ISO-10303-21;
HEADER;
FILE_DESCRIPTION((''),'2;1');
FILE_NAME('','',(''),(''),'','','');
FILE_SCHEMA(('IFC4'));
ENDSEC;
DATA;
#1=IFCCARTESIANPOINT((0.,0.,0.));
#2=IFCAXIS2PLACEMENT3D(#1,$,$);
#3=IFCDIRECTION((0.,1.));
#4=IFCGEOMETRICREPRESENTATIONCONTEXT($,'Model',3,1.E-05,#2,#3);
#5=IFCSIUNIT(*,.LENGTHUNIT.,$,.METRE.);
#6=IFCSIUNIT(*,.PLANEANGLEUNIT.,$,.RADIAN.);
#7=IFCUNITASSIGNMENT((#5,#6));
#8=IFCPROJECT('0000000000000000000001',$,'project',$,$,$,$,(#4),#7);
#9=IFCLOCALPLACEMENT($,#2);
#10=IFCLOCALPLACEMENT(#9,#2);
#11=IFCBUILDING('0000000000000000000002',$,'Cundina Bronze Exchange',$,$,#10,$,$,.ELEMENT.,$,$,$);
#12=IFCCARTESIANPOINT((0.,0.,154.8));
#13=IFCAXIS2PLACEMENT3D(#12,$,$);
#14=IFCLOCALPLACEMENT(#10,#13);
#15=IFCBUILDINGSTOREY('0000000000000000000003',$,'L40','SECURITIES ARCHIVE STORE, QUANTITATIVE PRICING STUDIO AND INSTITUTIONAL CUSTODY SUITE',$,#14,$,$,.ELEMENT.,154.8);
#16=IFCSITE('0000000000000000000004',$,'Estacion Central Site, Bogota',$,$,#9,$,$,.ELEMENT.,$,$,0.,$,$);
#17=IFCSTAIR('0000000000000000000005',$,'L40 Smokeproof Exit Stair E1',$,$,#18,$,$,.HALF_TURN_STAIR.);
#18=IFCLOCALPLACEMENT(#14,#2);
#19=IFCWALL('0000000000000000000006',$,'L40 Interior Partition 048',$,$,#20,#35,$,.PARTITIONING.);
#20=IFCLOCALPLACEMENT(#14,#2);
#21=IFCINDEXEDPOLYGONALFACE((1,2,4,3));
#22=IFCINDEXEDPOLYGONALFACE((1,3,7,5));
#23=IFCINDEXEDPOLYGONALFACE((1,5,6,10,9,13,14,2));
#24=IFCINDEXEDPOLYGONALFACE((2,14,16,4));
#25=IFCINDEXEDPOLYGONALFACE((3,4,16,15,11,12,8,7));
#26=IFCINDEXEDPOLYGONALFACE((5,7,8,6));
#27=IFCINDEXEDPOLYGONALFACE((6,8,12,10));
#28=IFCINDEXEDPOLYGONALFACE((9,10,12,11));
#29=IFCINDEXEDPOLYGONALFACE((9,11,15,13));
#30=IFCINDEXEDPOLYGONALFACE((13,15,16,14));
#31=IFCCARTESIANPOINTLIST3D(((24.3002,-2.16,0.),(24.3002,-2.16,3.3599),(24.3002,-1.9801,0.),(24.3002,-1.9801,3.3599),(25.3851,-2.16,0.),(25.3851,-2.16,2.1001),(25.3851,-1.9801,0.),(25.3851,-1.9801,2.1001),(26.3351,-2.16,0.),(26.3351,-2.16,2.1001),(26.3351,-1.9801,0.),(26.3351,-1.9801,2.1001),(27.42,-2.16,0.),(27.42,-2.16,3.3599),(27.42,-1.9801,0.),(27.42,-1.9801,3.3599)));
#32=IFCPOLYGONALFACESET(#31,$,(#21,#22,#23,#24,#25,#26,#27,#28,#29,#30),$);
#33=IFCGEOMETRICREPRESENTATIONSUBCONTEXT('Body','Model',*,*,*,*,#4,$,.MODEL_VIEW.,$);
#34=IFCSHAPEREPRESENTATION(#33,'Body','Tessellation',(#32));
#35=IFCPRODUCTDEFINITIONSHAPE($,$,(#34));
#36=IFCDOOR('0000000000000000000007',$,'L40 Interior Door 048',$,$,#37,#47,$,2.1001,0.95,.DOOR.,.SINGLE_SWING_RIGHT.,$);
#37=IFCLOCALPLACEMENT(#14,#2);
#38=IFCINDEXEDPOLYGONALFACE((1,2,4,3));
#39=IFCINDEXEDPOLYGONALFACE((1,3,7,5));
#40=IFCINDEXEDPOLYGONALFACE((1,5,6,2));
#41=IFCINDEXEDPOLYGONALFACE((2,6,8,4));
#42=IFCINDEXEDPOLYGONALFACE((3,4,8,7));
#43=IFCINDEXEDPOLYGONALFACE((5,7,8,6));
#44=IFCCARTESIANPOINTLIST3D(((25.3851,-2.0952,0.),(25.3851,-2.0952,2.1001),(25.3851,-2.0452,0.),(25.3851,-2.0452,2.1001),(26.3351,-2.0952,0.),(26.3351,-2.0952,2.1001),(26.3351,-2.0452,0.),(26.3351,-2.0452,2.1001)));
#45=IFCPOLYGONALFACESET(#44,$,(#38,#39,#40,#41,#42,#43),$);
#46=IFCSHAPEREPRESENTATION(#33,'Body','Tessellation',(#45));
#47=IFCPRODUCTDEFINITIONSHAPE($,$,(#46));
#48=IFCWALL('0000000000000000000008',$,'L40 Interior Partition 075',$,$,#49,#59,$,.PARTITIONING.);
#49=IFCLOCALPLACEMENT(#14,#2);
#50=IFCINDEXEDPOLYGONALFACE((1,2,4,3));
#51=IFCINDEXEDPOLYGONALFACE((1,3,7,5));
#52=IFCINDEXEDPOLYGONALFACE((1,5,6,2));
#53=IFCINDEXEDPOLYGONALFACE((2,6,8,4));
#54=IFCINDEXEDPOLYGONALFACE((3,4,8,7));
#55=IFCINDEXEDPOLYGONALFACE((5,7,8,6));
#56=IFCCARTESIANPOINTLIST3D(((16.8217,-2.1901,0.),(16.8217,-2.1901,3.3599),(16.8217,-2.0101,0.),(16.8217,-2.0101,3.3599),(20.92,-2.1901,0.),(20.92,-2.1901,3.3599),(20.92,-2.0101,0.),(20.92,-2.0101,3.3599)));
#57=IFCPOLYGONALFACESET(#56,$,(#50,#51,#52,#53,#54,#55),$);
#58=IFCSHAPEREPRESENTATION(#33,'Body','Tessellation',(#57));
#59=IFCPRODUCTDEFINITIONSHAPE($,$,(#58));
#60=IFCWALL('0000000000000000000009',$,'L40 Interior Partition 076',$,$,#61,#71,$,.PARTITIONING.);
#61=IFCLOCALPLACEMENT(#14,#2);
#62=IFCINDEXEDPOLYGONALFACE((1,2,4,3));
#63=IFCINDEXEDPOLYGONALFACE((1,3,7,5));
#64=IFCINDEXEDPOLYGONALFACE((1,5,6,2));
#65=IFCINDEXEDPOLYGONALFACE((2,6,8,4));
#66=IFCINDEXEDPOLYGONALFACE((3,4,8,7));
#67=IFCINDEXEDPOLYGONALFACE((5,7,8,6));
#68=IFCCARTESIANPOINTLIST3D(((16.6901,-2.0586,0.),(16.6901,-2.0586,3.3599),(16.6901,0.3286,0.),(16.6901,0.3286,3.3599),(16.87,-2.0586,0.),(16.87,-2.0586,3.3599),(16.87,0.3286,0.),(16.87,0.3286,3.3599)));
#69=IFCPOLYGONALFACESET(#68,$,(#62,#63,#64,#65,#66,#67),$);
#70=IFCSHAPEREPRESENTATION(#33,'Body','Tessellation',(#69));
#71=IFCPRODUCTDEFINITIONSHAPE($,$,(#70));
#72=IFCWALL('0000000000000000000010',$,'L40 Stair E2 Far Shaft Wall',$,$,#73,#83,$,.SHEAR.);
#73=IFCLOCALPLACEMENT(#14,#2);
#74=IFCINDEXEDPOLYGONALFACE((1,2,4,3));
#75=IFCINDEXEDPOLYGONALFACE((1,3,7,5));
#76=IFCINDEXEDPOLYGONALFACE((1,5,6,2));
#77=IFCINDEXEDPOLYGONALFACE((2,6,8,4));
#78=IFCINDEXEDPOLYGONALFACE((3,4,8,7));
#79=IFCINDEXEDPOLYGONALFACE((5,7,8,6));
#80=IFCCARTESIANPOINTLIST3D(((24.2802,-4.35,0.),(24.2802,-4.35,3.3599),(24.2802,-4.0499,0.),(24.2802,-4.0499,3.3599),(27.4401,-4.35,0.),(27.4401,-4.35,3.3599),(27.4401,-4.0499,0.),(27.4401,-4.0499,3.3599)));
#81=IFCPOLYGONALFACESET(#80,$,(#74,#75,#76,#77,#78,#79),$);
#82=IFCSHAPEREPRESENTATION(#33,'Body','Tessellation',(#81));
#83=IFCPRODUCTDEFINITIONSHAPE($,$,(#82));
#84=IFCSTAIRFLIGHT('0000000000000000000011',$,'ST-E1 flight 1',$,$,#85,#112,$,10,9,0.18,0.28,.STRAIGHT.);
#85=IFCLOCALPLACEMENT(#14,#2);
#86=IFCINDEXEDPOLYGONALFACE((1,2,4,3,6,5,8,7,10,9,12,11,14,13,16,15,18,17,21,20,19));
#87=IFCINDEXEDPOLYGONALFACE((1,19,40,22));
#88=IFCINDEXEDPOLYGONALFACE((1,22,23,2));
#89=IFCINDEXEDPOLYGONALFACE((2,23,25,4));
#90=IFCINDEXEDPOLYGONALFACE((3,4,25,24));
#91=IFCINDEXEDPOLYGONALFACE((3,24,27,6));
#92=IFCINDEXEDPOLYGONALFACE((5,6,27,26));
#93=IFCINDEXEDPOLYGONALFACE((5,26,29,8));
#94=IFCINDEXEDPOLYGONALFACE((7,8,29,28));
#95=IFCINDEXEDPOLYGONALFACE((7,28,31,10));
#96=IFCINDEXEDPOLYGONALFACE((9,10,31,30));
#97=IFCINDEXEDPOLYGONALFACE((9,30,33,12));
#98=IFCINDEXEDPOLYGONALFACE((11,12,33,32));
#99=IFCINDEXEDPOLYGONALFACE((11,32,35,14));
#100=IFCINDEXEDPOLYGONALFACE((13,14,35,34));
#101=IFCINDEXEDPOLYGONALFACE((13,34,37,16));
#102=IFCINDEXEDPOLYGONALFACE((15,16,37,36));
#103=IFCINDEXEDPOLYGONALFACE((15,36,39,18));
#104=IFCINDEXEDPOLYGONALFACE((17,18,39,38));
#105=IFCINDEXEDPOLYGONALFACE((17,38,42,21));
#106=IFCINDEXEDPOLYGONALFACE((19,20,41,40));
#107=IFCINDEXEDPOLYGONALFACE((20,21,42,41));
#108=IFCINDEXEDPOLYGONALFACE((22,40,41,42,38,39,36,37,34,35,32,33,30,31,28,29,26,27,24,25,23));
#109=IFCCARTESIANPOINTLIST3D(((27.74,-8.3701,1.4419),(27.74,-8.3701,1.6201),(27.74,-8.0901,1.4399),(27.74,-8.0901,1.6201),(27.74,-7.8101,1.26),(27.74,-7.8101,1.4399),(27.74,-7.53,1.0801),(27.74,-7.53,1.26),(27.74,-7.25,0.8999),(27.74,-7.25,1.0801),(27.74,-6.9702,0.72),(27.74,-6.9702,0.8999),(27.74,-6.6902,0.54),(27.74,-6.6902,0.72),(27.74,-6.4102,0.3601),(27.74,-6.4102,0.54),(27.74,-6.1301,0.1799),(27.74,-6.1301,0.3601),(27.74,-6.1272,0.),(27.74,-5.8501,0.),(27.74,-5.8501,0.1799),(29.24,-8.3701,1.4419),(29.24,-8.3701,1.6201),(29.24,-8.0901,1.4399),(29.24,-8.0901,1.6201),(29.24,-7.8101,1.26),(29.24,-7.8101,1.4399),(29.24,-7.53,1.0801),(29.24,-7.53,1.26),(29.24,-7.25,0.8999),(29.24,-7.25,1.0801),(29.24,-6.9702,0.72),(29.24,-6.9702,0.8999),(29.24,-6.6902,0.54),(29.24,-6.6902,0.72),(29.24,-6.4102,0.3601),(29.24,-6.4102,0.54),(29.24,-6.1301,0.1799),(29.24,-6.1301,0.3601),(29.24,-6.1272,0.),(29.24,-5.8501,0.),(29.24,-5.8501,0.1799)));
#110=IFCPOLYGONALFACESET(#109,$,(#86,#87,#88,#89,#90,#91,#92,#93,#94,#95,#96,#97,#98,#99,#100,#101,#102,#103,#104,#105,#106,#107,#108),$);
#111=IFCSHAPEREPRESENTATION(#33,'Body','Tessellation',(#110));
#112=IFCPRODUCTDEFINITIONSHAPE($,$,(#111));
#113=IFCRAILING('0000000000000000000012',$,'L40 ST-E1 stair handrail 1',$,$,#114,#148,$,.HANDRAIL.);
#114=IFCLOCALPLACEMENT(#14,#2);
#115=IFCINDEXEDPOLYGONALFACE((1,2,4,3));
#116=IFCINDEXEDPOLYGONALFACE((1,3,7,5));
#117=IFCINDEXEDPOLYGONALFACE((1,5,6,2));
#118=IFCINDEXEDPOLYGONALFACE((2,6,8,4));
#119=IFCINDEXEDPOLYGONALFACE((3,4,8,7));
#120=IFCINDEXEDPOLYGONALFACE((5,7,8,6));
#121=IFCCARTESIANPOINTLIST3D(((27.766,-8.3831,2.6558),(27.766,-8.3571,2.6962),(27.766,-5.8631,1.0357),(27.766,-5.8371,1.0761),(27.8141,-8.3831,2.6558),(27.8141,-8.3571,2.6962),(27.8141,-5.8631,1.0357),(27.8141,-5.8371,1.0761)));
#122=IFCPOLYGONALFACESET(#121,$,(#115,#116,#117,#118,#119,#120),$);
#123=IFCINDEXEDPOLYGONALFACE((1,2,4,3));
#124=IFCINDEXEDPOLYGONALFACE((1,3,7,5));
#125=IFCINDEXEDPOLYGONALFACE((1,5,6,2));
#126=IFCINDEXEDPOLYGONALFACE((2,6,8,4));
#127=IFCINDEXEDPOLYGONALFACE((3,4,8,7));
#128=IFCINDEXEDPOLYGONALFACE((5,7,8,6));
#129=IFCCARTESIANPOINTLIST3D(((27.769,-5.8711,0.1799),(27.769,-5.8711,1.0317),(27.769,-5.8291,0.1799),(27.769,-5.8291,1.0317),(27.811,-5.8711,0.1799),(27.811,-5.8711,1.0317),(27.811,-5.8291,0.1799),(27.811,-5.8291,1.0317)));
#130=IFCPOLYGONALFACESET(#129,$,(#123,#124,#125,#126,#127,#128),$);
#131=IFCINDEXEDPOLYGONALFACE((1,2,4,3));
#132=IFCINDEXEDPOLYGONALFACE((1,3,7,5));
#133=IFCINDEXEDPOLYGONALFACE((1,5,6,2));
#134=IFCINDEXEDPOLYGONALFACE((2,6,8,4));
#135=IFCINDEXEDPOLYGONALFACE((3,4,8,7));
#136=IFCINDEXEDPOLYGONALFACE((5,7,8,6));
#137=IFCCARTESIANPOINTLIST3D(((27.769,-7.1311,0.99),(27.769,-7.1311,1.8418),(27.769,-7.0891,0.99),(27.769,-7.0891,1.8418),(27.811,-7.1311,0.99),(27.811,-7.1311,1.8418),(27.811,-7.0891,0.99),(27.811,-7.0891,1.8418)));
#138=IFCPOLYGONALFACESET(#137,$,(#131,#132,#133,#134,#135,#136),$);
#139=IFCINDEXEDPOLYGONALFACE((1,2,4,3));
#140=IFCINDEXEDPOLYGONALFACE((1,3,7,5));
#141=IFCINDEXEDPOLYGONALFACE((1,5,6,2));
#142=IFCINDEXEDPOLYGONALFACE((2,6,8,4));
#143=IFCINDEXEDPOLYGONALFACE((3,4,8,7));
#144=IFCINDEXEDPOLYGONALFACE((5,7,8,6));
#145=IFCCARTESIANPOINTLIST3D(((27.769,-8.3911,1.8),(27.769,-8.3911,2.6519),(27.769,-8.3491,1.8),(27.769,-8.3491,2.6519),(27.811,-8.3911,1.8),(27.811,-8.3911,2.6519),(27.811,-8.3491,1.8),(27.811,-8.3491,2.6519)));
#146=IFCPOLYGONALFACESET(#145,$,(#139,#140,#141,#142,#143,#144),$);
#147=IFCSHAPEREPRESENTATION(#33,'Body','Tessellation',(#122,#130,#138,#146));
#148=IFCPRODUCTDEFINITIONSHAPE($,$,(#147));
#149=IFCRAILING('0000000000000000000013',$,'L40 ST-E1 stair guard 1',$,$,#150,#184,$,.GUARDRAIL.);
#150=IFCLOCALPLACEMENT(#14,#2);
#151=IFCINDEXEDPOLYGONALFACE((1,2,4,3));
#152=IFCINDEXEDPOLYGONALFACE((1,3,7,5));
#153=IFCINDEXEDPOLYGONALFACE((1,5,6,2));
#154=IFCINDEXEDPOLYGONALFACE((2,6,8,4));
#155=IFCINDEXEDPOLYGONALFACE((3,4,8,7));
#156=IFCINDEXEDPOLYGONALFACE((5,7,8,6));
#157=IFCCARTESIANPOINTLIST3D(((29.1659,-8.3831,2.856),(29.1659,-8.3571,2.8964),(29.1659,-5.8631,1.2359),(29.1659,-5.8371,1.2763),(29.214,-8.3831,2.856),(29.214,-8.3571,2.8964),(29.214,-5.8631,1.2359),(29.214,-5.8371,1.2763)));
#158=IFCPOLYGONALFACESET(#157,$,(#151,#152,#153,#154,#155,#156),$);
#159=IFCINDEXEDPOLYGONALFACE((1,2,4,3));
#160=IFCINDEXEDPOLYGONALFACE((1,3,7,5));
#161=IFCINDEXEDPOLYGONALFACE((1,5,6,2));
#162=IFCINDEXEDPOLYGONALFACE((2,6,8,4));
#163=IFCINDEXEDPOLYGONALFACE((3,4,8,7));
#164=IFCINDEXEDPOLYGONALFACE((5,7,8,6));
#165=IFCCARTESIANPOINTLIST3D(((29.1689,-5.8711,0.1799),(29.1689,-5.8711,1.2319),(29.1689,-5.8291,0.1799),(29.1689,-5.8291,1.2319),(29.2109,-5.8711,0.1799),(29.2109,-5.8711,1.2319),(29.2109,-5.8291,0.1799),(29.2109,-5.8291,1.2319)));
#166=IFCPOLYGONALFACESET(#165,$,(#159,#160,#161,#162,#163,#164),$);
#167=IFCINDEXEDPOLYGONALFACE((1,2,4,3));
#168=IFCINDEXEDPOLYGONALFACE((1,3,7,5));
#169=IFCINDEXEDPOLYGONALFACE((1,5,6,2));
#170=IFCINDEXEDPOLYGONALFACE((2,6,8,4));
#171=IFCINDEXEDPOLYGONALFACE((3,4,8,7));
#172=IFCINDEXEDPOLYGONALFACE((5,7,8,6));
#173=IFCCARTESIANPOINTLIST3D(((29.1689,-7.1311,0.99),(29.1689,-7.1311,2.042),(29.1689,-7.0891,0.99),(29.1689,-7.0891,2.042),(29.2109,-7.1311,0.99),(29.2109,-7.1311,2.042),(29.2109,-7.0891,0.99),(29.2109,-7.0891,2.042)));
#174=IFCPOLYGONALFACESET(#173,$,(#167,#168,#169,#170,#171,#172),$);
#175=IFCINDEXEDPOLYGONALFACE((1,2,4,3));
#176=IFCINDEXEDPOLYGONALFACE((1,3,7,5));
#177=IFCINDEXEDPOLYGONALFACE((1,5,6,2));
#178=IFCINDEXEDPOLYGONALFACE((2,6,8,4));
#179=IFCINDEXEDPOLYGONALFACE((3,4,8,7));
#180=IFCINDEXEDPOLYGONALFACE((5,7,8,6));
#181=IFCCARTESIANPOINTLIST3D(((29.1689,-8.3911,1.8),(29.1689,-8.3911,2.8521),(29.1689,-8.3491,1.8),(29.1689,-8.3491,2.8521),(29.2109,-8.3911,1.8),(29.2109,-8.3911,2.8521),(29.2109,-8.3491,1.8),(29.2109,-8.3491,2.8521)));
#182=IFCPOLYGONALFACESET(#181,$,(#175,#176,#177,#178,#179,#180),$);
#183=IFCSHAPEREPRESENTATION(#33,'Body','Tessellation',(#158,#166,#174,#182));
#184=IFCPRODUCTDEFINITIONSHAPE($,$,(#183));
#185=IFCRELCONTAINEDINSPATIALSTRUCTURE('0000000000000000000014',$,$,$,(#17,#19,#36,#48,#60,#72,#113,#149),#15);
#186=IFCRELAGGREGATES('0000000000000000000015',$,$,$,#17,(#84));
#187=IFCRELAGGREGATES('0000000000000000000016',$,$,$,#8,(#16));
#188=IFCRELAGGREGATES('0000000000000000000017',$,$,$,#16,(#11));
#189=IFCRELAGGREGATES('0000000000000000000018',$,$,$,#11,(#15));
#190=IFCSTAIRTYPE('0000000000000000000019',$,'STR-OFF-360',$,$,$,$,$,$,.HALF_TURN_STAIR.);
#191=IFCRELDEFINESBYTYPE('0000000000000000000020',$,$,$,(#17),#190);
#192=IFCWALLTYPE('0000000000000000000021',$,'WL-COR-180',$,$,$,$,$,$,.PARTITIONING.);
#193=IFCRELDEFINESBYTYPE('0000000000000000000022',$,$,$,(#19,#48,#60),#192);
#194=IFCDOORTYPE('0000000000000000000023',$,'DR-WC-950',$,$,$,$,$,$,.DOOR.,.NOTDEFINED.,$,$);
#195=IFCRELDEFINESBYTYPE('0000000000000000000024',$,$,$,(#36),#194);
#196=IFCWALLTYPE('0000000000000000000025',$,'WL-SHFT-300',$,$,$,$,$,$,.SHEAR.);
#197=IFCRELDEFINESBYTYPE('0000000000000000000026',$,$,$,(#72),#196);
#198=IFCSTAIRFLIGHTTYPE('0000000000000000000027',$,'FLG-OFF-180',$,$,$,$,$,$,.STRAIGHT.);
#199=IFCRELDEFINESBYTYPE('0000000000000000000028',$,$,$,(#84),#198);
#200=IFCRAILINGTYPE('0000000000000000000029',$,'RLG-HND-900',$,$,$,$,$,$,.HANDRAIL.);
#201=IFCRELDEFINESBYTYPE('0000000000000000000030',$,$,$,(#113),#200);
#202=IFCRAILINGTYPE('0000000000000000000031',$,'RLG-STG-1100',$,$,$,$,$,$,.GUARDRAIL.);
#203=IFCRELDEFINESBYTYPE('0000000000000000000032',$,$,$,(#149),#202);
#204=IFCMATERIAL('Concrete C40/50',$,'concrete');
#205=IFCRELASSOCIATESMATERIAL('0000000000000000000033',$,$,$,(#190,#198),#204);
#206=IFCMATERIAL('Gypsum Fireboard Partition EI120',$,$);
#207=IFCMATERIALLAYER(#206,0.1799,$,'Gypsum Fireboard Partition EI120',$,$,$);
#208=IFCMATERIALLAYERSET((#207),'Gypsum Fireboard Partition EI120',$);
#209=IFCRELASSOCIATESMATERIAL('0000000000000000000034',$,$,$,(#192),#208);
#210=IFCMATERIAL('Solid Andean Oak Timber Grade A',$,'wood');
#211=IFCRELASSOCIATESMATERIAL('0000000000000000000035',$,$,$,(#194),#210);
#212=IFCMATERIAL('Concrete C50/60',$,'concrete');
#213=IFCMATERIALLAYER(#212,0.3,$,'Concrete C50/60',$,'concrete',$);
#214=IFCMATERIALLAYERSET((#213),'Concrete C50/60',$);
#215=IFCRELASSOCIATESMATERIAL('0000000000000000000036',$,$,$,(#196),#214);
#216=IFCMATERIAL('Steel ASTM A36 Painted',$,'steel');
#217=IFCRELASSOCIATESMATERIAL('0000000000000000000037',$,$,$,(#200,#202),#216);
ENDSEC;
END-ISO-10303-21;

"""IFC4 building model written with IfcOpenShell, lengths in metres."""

from ifc_helpers import new_model, si_unit, direction, frame, frame_2d, origin, origin_2d, place, context, subcontext, project, spatial, polyline, rectangle, outline, extrude, material, layer, layer_set, type_object, element, fill, aggregate, save


model = new_model("IFC4")

# Units and contexts
model_context = context("Model", 3, precision=1e-05, world=origin(), true_north=direction((0.0, 1.0)))
body_context = subcontext(model_context, "Body", "Model", "MODEL_VIEW")
ifc_project = project(units=[si_unit("LENGTHUNIT", "METRE"), si_unit("PLANEANGLEUNIT", "RADIAN")], contexts=[model_context])

# Site, building, storey
site_placement = place(None, origin())
site = spatial("IfcSite", under=ifc_project, at=site_placement, Name="Estacion Central Site, Bogota", CompositionType="ELEMENT", RefElevation=0.0)
building_placement = place(site_placement, origin())
building = spatial("IfcBuilding", under=site, at=building_placement, Name="Cundina Bronze Exchange", CompositionType="ELEMENT")
storey_placement = place(building_placement, frame((0.0, 0.0, 154.8)))
storey = spatial("IfcBuildingStorey", under=building, at=storey_placement, Name="L40", Description="SECURITIES ARCHIVE STORE, QUANTITATIVE PRICING STUDIO AND INSTITUTIONAL CUSTODY SUITE", CompositionType="ELEMENT", Elevation=154.8)

# Shared definitions
ifc_material_1 = material(Name="Concrete C50/60", Category="concrete")

# Stair
ifc_material_2 = material(Name="Concrete C40/50", Category="concrete")
stair_type = type_object("IfcStairType", Name="STR-OFF-360", PredefinedType="HALF_TURN_STAIR", material=ifc_material_2)
stair_1_placement = place(storey_placement, origin())
stair_1 = element("IfcStair", 1, at=stair_1_placement, inside=storey, type_object=stair_type, Name="L40 Smokeproof Exit Stair E1", PredefinedType="HALF_TURN_STAIR")

# Wall, opening, door
ifc_material_3 = material(Name="Gypsum Fireboard Partition EI120")
ifc_layer_1 = layer(ifc_material_3, 0.1799, Name="Gypsum Fireboard Partition EI120")
ifc_layer_set_1 = layer_set([ifc_layer_1], Name="Gypsum Fireboard Partition EI120")
wall_type_1 = type_object("IfcWallType", Name="WL-COR-180", PredefinedType="PARTITIONING", material=ifc_layer_set_1)
ifc_material_4 = material(Name="Steel ASTM A36 Painted", Category="steel")
wall_1_placement = place(storey_placement, frame((24.3, -2.0701, 0.0), z_axis=(0.0, 0.0, 1.0), x_axis=(1.0, 0.0, 0.0)))
wall_1 = element("IfcWall", 2, at=wall_1_placement, inside=storey, type_object=wall_type_1, Name="L40 Interior Partition 048", PredefinedType="PARTITIONING", context=body_context, shape_type="SweptSolid", body=[
    extrude(rectangle(XDim=3.1199, YDim=0.1799, at=frame_2d((1.5601, 0.0))), origin(), (0.0, 0.0, 1.0), 3.3599),
])
opening_1_placement = place(wall_1_placement, frame((1.085, 0.0, 0.0)))
opening_1 = element("IfcOpeningElement", 3, at=opening_1_placement, cuts=wall_1, PredefinedType="OPENING", context=body_context, shape_type="SweptSolid", body=[
    extrude(rectangle(XDim=0.95, YDim=2.1001, at=frame_2d((0.4751, 1.05))), frame((0.0, 0.0999, 0.0), z_axis=(0.0, -1.0, 0.0), x_axis=(1.0, 0.0, 0.0)), (0.0, 0.0, 1.0), 0.2),
])
ifc_material_5 = material(Name="Solid Andean Oak Timber Grade A", Category="wood")
door_type_1 = type_object("IfcDoorType", Name="DR-WC-950", OperationType="NOTDEFINED", PredefinedType="DOOR", material=ifc_material_5)
door_1_placement = place(opening_1_placement, origin())
door_1 = element("IfcDoor", 4, at=door_1_placement, inside=storey, type_object=door_type_1, Name="L40 Interior Door 048", OperationType="SINGLE_SWING_RIGHT", OverallHeight=2.1001, OverallWidth=0.95, PredefinedType="DOOR", context=body_context, shape_type="SweptSolid", body=[
    extrude(rectangle(XDim=0.95, YDim=2.1001, at=frame_2d((0.4751, 1.05))), frame((0.0, 0.0249, 0.0), z_axis=(0.0, -1.0, 0.0), x_axis=(1.0, 0.0, 0.0)), (0.0, 0.0, 1.0), 0.05),
])
fill(opening_1, door_1)

# Walls
wall_2_placement = place(storey_placement, frame((16.8215, -2.1001, 0.0), z_axis=(0.0, 0.0, 1.0), x_axis=(1.0, 0.0, 0.0)))
element("IfcWall", 5, at=wall_2_placement, inside=storey, type_object=wall_type_1, Name="L40 Interior Partition 075", PredefinedType="PARTITIONING", context=body_context, shape_type="SweptSolid", body=[
    extrude(rectangle(XDim=4.0984, YDim=0.1799, at=frame_2d((2.0493, 0.0))), origin(), (0.0, 0.0, 1.0), 3.3599),
])
wall_3_placement = place(storey_placement, frame((16.78, 0.3286, 0.0), z_axis=(0.0, 0.0, 1.0), x_axis=(0.0, -1.0, 0.0)))
element("IfcWall", 6, at=wall_3_placement, inside=storey, type_object=wall_type_1, Name="L40 Interior Partition 076", PredefinedType="PARTITIONING", context=body_context, shape_type="SweptSolid", body=[
    extrude(rectangle(XDim=2.3872, YDim=0.1799, at=frame_2d((1.1936, 0.0))), origin(), (0.0, 0.0, 1.0), 3.3599),
])

# Shared definitions
ifc_layer_2 = layer(ifc_material_1, 0.3, Name="Concrete C50/60", Category="concrete")
ifc_layer_set_2 = layer_set([ifc_layer_2], Name="Concrete C50/60")
wall_type_2 = type_object("IfcWallType", Name="WL-SHFT-300", PredefinedType="SHEAR", material=ifc_layer_set_2)

# Wall
wall_4_placement = place(storey_placement, frame((24.28, -4.2, 0.0), z_axis=(0.0, 0.0, 1.0), x_axis=(1.0, 0.0, 0.0)))
element("IfcWall", 7, at=wall_4_placement, inside=storey, type_object=wall_type_2, Name="L40 Stair E2 Far Shaft Wall", PredefinedType="SHEAR", context=body_context, shape_type="SweptSolid", body=[
    extrude(rectangle(XDim=3.1599, YDim=0.3, at=frame_2d((1.5801, 0.0))), origin(), (0.0, 0.0, 1.0), 3.3599),
])

# Stair flight
stair_flight_type = type_object("IfcStairFlightType", Name="FLG-OFF-180", PredefinedType="STRAIGHT", material=ifc_material_2)
stair_flight_placement = place(storey_placement, frame((28.49, -5.8501, 0.0), z_axis=(0.0, 0.0, 1.0), x_axis=(0.0, -1.0, 0.0)))
stair_flight = element("IfcStairFlight", 8, at=stair_flight_placement, type_object=stair_flight_type, Name="ST-E1 flight 1", NumberOfRisers=10, NumberOfTreads=9, PredefinedType="STRAIGHT", RiserHeight=0.18, TreadLength=0.28, context=body_context, shape_type="SweptSolid", body=[
    extrude(outline(polyline([(0.0, 0.0), (0.0, 0.1799), (0.28, 0.1799), (0.28, 0.3601), (0.5601, 0.3601), (0.5601, 0.54), (0.8401, 0.54), (0.8401, 0.72), (1.1201, 0.72), (1.1201, 0.8999), (1.3999, 0.8999), (1.3999, 1.0801), (1.6799, 1.0801), (1.6799, 1.26), (1.96, 1.26), (1.96, 1.4399), (2.24, 1.4399), (2.24, 1.6201), (2.52, 1.6201), (2.52, 1.8), (2.52, 1.4419), (0.2771, 0.0), (0.0, 0.0)])), frame((0.0, 0.75, 0.0), z_axis=(0.0, -1.0, 0.0), x_axis=(1.0, 0.0, 0.0)), (0.0, 0.0, 1.0), 1.5),
])
aggregate(stair_1, [stair_flight])

# Railings
railing_type_1 = type_object("IfcRailingType", Name="RLG-HND-900", PredefinedType="HANDRAIL", material=ifc_material_4)
railing_1_placement = place(storey_placement, frame((27.79, -5.8501, 0.1799)))
element("IfcRailing", 9, at=railing_1_placement, inside=storey, type_object=railing_type_1, Name="L40 ST-E1 stair handrail 1", PredefinedType="HANDRAIL", context=body_context, shape_type="SweptSolid", body=[
    extrude(rectangle(XDim=0.0481, YDim=0.0481, at=origin_2d()), frame((0.0, 0.0, 0.876), z_axis=(0.0, -0.841163, 0.540782), x_axis=(1.0, 0.0, 0.0)), (0.0, 0.0, 1.0), 2.9958),
    extrude(rectangle(XDim=0.042, YDim=0.042, at=origin_2d()), origin(), (0.0, 0.0, 1.0), 0.8518),
    extrude(rectangle(XDim=0.042, YDim=0.042, at=origin_2d()), frame((0.0, -1.26, 0.8101)), (0.0, 0.0, 1.0), 0.8518),
    extrude(rectangle(XDim=0.042, YDim=0.042, at=origin_2d()), frame((0.0, -2.52, 1.6201)), (0.0, 0.0, 1.0), 0.8518),
])
railing_type_2 = type_object("IfcRailingType", Name="RLG-STG-1100", PredefinedType="GUARDRAIL", material=ifc_material_4)
railing_2_placement = place(storey_placement, frame((29.1899, -5.8501, 0.1799)))
element("IfcRailing", 10, at=railing_2_placement, inside=storey, type_object=railing_type_2, Name="L40 ST-E1 stair guard 1", PredefinedType="GUARDRAIL", context=body_context, shape_type="SweptSolid", body=[
    extrude(rectangle(XDim=0.0481, YDim=0.0481, at=origin_2d()), frame((0.0, 0.0, 1.0762), z_axis=(0.0, -0.841163, 0.540782), x_axis=(1.0, 0.0, 0.0)), (0.0, 0.0, 1.0), 2.9958),
    extrude(rectangle(XDim=0.042, YDim=0.042, at=origin_2d()), origin(), (0.0, 0.0, 1.0), 1.052),
    extrude(rectangle(XDim=0.042, YDim=0.042, at=origin_2d()), frame((0.0, -1.26, 0.8101)), (0.0, 0.0, 1.0), 1.052),
    extrude(rectangle(XDim=0.042, YDim=0.042, at=origin_2d()), frame((0.0, -2.52, 1.6201)), (0.0, 0.0, 1.0), 1.052),
])

save(model, "model.ifc")
